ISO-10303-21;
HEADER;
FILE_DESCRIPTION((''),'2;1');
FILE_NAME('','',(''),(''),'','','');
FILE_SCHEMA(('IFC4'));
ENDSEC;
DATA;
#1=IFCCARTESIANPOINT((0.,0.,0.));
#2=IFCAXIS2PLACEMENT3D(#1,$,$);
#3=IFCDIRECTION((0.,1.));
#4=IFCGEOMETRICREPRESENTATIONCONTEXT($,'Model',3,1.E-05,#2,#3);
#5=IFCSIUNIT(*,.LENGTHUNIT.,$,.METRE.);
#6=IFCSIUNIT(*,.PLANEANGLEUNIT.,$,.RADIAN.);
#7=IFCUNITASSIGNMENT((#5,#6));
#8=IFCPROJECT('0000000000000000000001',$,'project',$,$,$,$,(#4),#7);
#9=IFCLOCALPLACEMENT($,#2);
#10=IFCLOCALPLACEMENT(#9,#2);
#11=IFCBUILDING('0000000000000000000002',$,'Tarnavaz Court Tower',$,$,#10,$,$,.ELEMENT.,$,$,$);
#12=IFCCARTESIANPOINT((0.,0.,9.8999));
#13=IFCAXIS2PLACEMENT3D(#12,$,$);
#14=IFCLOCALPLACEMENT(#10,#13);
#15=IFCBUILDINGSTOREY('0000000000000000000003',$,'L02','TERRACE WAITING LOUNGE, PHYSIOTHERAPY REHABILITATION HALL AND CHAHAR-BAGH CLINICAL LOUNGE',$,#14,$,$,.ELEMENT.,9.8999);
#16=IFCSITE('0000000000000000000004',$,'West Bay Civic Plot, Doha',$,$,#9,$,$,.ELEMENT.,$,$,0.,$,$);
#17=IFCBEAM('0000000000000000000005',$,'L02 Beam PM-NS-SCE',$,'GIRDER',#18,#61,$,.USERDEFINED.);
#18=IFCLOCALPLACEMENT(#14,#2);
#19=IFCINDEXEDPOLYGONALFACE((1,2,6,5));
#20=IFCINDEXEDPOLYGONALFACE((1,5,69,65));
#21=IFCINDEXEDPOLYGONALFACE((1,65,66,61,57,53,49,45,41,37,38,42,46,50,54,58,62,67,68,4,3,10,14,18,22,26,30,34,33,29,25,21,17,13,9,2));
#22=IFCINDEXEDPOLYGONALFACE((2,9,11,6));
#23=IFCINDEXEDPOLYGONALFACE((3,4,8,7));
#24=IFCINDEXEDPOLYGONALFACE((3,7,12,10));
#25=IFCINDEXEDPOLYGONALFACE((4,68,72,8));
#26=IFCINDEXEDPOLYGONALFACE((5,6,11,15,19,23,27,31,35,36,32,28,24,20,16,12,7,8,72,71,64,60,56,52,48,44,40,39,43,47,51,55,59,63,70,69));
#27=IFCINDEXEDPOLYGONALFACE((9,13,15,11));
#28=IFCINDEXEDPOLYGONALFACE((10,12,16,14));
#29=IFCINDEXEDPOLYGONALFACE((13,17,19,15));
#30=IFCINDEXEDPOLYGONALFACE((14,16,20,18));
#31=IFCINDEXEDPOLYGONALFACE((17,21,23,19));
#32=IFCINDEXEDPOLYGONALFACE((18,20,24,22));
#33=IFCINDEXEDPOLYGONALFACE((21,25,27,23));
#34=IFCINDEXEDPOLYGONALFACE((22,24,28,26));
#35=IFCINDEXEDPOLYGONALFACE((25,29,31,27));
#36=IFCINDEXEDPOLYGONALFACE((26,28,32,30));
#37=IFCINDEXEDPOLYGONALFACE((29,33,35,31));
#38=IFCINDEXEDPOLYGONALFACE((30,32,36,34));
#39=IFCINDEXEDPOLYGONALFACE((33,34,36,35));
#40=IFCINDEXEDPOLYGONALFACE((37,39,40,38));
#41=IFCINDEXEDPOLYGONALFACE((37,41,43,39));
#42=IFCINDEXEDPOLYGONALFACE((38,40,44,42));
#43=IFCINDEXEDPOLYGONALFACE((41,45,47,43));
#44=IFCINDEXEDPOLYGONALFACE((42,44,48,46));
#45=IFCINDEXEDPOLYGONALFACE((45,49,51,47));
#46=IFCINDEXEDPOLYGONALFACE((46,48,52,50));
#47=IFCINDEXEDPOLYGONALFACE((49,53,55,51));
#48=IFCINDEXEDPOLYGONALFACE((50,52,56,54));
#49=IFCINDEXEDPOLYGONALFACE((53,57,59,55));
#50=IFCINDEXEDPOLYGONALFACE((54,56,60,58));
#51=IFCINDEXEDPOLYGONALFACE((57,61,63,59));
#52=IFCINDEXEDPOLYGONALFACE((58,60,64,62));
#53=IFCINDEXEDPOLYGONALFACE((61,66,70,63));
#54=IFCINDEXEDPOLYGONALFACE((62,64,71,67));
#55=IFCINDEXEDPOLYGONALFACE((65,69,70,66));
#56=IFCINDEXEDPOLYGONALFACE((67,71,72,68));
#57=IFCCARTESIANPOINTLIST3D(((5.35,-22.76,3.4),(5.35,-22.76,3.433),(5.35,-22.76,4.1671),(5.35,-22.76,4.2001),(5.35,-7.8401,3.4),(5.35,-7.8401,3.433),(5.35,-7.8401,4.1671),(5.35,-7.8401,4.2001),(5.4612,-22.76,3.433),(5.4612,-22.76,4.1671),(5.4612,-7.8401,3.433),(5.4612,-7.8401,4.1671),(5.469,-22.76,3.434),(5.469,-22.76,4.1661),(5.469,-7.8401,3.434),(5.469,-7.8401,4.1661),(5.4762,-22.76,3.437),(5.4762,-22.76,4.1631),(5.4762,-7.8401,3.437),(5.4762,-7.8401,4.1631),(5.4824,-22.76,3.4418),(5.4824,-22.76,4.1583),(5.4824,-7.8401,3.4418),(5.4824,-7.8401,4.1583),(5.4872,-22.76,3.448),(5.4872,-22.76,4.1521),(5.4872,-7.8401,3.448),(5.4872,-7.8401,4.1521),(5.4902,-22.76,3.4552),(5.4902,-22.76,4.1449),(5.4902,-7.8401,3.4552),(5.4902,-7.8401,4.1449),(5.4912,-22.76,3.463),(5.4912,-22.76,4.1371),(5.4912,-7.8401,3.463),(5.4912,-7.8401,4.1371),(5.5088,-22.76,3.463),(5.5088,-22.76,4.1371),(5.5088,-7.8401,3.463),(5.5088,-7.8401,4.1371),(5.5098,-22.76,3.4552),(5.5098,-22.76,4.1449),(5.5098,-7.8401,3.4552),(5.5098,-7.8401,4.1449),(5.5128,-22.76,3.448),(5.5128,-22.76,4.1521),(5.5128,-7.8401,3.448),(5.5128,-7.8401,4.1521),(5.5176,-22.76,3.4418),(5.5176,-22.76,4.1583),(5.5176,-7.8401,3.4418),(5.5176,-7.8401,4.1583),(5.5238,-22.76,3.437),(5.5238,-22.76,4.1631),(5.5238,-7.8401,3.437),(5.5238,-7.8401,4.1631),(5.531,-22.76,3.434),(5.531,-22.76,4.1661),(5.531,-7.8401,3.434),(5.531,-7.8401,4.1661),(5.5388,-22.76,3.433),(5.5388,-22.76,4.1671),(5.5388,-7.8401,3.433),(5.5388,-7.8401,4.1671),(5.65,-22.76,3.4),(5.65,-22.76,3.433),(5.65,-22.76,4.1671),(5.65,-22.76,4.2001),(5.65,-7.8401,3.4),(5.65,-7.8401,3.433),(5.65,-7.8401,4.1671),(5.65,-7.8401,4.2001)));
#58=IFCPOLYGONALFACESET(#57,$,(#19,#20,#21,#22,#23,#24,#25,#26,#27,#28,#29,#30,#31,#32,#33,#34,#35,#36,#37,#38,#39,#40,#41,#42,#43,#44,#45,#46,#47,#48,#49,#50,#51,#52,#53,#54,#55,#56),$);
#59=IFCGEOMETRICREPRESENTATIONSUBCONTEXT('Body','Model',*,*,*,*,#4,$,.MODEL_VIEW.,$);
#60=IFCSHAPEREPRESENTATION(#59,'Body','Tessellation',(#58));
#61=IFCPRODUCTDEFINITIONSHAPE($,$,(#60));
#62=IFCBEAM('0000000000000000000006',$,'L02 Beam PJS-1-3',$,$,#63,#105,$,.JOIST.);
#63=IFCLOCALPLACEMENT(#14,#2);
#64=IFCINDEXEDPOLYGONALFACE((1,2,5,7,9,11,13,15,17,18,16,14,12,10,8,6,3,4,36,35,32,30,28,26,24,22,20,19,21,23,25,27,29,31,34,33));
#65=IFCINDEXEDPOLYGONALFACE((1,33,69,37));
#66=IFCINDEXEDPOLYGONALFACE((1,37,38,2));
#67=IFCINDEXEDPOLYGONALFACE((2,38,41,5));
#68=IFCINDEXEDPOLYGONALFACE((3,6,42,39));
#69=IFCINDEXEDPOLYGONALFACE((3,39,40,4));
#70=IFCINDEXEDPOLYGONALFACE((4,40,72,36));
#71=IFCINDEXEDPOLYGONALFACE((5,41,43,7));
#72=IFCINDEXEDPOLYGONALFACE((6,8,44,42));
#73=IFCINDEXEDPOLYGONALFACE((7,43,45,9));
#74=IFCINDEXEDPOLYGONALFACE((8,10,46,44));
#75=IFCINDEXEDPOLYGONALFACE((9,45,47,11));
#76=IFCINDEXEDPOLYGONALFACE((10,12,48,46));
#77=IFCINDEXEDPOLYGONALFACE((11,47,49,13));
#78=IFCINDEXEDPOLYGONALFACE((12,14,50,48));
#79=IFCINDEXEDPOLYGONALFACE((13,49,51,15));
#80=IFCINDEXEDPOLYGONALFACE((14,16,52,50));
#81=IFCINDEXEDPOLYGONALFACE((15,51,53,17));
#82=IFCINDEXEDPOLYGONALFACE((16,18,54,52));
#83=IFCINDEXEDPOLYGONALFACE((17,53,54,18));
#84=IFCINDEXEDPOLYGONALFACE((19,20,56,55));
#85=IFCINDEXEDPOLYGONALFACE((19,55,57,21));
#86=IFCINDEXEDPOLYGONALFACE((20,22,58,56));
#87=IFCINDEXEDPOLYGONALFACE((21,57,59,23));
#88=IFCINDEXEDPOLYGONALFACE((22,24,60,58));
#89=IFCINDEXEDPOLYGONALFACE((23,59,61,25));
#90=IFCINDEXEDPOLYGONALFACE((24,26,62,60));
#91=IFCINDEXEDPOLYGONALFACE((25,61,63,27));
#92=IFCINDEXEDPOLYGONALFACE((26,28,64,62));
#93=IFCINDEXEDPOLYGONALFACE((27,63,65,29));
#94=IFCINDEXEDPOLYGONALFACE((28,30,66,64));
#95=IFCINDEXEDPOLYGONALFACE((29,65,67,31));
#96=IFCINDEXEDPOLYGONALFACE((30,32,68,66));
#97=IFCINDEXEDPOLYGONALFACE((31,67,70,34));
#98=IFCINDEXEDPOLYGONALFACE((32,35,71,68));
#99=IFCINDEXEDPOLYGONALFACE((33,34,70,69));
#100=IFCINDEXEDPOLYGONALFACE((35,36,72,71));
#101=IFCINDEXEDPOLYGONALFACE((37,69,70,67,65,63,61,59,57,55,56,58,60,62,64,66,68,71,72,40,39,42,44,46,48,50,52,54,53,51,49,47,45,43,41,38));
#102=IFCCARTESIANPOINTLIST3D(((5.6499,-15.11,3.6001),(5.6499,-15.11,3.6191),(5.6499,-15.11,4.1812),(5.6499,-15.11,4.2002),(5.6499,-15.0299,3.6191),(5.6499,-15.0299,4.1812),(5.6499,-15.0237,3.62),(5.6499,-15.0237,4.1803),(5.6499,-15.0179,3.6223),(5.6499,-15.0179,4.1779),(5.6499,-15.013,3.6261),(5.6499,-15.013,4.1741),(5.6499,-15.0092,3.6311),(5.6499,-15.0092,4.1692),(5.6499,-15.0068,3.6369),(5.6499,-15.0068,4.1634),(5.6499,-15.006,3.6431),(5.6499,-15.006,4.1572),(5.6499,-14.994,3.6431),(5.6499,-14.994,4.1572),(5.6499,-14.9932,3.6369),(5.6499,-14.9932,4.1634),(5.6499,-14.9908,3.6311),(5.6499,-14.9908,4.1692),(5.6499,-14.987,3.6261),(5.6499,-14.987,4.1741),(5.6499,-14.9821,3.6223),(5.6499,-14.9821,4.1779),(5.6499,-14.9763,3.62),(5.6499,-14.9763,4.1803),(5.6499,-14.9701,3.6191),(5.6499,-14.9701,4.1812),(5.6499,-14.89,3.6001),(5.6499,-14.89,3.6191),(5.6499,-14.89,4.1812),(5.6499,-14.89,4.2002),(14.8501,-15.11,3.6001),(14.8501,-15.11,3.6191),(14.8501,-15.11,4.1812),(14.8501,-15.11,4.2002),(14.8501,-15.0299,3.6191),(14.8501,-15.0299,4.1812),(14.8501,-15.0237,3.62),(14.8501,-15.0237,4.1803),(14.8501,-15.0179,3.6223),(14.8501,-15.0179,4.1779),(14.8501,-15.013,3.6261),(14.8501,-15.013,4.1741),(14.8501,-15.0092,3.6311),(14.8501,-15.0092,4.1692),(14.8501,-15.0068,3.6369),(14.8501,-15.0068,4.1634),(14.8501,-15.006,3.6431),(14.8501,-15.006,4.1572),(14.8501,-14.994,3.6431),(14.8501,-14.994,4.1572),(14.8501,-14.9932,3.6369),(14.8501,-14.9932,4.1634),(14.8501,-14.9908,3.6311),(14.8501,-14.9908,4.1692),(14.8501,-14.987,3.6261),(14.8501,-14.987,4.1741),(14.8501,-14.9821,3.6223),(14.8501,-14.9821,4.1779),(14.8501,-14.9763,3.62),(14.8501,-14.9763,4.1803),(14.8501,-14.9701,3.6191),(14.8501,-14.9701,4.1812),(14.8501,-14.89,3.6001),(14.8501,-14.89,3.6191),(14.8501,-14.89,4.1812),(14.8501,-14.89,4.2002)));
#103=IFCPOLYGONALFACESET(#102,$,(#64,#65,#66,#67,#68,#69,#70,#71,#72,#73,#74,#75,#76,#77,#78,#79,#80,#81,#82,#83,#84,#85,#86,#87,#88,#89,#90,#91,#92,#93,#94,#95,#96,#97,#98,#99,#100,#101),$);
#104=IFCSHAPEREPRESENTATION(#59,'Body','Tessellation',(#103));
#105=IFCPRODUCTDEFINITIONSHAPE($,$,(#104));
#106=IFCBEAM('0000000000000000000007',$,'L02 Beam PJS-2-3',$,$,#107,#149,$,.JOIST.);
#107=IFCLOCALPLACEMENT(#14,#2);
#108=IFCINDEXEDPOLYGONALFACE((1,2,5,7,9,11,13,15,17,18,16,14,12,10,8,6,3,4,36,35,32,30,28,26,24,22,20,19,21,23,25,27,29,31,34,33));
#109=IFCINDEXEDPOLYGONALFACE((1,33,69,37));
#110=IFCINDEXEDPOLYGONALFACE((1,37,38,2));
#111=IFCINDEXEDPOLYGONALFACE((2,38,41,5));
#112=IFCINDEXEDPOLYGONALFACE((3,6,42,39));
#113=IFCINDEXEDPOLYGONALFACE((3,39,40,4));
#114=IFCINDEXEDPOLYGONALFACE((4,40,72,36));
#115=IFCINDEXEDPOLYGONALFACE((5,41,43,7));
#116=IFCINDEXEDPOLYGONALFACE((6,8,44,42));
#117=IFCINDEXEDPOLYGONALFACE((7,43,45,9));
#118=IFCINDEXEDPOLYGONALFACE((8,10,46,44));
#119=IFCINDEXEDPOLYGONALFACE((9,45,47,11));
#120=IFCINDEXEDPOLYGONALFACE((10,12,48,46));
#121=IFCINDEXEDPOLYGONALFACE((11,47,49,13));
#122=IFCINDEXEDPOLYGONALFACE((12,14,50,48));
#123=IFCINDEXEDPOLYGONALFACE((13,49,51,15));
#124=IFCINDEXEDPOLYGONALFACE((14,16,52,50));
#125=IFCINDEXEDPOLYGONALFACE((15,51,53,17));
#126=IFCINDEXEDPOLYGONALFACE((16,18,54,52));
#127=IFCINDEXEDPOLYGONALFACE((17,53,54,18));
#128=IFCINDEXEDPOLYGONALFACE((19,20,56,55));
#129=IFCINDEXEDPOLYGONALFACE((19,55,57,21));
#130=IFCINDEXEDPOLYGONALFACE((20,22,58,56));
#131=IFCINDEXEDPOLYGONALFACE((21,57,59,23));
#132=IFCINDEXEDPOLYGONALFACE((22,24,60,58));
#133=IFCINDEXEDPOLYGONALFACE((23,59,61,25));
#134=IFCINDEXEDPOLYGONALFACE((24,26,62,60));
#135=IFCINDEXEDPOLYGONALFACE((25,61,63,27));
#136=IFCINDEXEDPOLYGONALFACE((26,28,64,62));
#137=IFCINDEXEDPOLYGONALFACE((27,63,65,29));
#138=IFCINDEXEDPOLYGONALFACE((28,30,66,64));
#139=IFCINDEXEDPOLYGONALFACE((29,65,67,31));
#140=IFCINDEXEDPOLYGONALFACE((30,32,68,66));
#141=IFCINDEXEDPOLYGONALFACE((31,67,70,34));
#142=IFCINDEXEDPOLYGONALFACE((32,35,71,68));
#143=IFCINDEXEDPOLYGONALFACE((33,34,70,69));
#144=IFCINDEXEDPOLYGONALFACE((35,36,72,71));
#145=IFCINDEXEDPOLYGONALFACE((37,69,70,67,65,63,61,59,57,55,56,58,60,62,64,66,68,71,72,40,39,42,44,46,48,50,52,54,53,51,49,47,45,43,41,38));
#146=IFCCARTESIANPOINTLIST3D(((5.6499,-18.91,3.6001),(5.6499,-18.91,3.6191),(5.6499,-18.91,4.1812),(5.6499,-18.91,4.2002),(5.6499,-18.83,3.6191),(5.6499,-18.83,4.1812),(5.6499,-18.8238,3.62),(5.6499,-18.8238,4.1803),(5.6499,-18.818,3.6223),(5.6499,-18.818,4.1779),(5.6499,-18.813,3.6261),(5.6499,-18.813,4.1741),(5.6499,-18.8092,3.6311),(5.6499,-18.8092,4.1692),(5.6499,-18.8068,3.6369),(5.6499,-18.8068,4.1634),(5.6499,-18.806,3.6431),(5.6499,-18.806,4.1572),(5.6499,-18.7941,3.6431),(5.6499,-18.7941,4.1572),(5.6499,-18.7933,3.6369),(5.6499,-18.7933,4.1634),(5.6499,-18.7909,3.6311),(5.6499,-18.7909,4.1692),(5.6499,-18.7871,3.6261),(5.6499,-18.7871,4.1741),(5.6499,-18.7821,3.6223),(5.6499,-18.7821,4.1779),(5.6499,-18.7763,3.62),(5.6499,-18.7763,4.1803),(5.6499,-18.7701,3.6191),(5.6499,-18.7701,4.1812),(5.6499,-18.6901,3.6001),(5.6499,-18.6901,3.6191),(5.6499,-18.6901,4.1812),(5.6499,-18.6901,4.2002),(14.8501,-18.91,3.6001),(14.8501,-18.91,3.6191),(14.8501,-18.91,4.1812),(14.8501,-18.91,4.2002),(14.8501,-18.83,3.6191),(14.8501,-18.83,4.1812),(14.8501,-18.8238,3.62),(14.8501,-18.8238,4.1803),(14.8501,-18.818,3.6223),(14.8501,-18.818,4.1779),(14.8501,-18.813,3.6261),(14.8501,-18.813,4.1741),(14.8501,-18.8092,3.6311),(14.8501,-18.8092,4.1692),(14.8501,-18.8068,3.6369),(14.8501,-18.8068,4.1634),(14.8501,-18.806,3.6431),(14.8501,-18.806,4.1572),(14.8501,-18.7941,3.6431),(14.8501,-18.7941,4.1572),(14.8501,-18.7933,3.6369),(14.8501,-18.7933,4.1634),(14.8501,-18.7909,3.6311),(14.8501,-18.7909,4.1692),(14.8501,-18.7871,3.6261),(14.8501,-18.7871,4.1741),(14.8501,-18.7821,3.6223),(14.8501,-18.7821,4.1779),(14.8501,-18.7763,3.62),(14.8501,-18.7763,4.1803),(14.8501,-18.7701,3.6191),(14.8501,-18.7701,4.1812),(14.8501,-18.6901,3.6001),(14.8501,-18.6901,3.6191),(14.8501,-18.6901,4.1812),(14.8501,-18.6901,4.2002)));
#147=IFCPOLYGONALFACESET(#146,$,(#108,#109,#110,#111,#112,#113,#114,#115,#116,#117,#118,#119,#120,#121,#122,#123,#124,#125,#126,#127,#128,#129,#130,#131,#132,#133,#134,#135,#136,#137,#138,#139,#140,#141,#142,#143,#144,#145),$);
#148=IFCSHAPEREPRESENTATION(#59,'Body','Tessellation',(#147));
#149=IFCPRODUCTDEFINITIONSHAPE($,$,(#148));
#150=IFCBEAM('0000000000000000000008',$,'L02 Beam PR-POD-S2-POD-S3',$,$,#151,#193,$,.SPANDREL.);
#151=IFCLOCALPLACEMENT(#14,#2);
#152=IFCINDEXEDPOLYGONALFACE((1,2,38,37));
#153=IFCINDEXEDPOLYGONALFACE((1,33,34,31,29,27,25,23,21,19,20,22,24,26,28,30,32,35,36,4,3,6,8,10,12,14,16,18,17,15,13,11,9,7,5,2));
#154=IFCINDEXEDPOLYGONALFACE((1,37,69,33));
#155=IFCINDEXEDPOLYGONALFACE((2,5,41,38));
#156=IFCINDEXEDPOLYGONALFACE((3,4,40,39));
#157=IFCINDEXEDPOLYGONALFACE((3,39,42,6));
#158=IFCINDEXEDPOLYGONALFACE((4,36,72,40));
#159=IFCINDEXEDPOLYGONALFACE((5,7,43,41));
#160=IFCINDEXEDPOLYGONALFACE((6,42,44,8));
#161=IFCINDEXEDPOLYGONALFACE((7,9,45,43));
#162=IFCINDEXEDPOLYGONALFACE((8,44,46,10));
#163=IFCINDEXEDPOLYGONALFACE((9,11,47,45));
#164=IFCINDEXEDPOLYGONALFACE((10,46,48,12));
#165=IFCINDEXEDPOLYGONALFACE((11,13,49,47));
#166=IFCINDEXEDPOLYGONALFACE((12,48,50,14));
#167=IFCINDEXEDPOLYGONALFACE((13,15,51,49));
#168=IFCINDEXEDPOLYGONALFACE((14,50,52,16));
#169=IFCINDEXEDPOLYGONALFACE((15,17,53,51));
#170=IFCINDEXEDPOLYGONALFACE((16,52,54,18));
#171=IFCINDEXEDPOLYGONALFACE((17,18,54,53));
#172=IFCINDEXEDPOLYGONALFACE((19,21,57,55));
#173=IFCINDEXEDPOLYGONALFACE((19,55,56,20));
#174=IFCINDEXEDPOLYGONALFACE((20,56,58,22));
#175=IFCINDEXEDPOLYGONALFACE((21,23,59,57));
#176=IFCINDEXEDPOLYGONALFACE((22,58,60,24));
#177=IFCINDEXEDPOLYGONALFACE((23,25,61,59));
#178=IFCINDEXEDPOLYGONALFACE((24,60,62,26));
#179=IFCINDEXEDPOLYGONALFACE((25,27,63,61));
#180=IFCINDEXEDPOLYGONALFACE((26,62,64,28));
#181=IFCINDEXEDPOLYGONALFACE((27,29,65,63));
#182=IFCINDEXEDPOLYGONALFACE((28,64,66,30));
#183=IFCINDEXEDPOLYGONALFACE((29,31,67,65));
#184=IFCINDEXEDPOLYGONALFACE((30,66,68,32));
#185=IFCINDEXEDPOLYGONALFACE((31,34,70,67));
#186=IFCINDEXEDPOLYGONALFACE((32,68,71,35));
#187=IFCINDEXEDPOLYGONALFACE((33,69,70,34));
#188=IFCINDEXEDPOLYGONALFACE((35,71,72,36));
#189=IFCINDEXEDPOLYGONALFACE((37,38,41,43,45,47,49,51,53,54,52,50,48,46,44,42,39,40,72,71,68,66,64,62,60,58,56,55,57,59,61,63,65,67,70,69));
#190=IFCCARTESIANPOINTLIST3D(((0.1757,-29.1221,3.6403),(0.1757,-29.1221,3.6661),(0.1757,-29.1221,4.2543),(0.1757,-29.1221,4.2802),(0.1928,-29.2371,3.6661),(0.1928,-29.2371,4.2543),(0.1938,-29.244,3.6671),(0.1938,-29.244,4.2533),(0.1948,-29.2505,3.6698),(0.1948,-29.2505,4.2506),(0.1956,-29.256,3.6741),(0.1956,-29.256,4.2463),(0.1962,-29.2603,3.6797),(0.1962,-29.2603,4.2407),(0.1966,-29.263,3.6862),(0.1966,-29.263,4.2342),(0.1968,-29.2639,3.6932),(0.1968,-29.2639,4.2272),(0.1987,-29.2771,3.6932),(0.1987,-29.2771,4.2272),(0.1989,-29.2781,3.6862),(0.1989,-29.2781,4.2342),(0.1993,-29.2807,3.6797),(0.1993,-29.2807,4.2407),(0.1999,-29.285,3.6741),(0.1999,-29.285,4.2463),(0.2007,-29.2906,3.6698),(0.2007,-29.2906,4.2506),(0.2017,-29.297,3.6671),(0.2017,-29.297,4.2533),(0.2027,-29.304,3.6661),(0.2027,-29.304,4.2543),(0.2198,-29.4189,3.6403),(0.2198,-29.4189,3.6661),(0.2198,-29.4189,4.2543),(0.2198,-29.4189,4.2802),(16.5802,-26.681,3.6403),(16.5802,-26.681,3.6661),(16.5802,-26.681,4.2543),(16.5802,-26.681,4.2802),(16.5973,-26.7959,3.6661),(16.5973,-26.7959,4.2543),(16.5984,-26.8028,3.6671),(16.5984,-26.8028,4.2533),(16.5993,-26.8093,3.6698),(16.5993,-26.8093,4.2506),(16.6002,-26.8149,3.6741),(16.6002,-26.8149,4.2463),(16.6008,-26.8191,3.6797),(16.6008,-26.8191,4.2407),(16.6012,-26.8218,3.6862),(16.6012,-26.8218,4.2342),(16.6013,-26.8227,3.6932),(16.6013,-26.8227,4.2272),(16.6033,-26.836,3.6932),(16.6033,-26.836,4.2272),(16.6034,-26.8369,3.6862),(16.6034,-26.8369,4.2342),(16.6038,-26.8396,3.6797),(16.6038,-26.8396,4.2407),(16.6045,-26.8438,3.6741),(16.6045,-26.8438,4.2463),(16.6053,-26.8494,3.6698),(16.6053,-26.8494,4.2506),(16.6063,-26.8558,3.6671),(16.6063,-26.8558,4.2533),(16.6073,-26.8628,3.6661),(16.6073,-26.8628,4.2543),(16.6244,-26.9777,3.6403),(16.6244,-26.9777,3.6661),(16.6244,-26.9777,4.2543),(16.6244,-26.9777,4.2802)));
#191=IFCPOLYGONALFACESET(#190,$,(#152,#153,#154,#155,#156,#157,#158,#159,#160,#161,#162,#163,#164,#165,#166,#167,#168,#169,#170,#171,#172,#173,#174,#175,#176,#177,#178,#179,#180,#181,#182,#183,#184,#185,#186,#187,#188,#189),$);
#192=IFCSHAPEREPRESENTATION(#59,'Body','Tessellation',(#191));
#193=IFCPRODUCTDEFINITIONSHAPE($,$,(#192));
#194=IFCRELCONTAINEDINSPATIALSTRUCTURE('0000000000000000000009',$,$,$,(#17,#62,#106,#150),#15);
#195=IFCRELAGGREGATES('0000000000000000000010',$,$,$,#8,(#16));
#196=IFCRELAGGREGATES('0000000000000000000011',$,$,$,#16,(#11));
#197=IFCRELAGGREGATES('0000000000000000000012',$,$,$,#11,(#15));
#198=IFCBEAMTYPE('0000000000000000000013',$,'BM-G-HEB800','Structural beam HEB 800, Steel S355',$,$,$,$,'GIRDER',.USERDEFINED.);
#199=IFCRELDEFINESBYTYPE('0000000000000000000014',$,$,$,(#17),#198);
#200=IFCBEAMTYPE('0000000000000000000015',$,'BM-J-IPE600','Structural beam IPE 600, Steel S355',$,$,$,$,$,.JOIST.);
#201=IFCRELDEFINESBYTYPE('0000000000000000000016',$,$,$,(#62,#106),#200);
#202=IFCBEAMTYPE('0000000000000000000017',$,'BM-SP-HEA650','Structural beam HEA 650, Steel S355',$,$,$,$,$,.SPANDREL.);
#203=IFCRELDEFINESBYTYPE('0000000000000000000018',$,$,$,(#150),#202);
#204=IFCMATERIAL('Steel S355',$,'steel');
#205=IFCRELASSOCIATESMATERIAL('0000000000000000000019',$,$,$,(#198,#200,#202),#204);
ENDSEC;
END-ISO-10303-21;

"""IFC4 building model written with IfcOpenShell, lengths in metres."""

from ifc_helpers import new_model, si_unit, direction, frame, origin, origin_2d, place, context, subcontext, project, spatial, i_section, extrude, material, material_profile, profile_set, type_object, element, save


model = new_model("IFC4")

# Units and contexts
model_context = context("Model", 3, precision=1e-05, world=origin(), true_north=direction((0.0, 1.0)))
body_context = subcontext(model_context, "Body", "Model", "MODEL_VIEW")
ifc_project = project(units=[si_unit("LENGTHUNIT", "METRE"), si_unit("PLANEANGLEUNIT", "RADIAN")], contexts=[model_context])

# Site, building, storey
site_placement = place(None, origin())
site = spatial("IfcSite", under=ifc_project, at=site_placement, Name="West Bay Civic Plot, Doha", CompositionType="ELEMENT", RefElevation=0.0)
building_placement = place(site_placement, origin())
building = spatial("IfcBuilding", under=site, at=building_placement, Name="Tarnavaz Court Tower", CompositionType="ELEMENT")
storey_placement = place(building_placement, frame((0.0, 0.0, 9.8999)))
storey = spatial("IfcBuildingStorey", under=building, at=storey_placement, Name="L02", Description="TERRACE WAITING LOUNGE, PHYSIOTHERAPY REHABILITATION HALL AND CHAHAR-BAGH CLINICAL LOUNGE", CompositionType="ELEMENT", Elevation=9.8999)

# Beams
ifc_material_1 = material(Name="Steel S355", Category="steel")
ifc_material_profile_1 = material_profile(ifc_material_1, i_section(OverallWidth=0.3, OverallDepth=0.8, WebThickness=0.0176, FlangeThickness=0.033, FilletRadius=0.03, at=origin_2d()), Name="HEB 800")
ifc_profile_set_1 = profile_set([ifc_material_profile_1], Name="Steel S355")
beam_type_1 = type_object("IfcBeamType", Name="BM-G-HEB800", Description="Structural beam HEB 800, Steel S355", ElementType="GIRDER", PredefinedType="USERDEFINED", material=ifc_profile_set_1)
beam_1_placement = place(storey_placement, frame((5.5, -7.8401, 3.8), z_axis=(0.0, -1.0, 0.0), x_axis=(1.0, 0.0, 0.0)))
element("IfcBeam", 1, at=beam_1_placement, inside=storey, type_object=beam_type_1, Name="L02 Beam PM-NS-SCE", ObjectType="GIRDER", PredefinedType="USERDEFINED", context=body_context, shape_type="SweptSolid", body=[
    extrude(i_section(OverallWidth=0.3, OverallDepth=0.8, WebThickness=0.0176, FlangeThickness=0.033, FilletRadius=0.03, at=origin_2d()), origin(), (0.0, 0.0, 1.0), 14.9199),
])
ifc_material_profile_2 = material_profile(ifc_material_1, i_section(OverallWidth=0.22, OverallDepth=0.6001, WebThickness=0.012, FlangeThickness=0.019, FilletRadius=0.0239, at=origin_2d()), Name="IPE 600")
ifc_profile_set_2 = profile_set([ifc_material_profile_2], Name="Steel S355")
beam_type_2 = type_object("IfcBeamType", Name="BM-J-IPE600", Description="Structural beam IPE 600, Steel S355", PredefinedType="JOIST", material=ifc_profile_set_2)
for number, where, z_axis, x_axis, name in (
    (2, (5.6499, -15.0, 3.9001), (1.0, 0.0, 0.0), (0.0, 1.0, 0.0), "L02 Beam PJS-1-3"),
    (3, (5.6499, -18.8, 3.9001), (1.0, 0.0, 0.0), (0.0, 1.0, 0.0), "L02 Beam PJS-2-3"),
):
    element("IfcBeam", number, at=place(storey_placement, frame(where, z_axis=z_axis, x_axis=x_axis)), inside=storey, type_object=beam_type_2, Name=name, PredefinedType="JOIST", context=body_context, shape_type="SweptSolid", body=[
        extrude(i_section(OverallWidth=0.22, OverallDepth=0.6001, WebThickness=0.012, FlangeThickness=0.019, FilletRadius=0.0239, at=origin_2d()), origin(), (0.0, 0.0, 1.0), 9.2002),
    ])
ifc_material_profile_3 = material_profile(ifc_material_1, i_section(OverallWidth=0.3, OverallDepth=0.6399, WebThickness=0.0134, FlangeThickness=0.0259, FilletRadius=0.0271, at=origin_2d()), Name="HEA 650")
ifc_profile_set_3 = profile_set([ifc_material_profile_3], Name="Steel S355")
beam_type_3 = type_object("IfcBeamType", Name="BM-SP-HEA650", Description="Structural beam HEA 650, Steel S355", PredefinedType="SPANDREL", material=ifc_profile_set_3)
beam_2_placement = place(storey_placement, frame((0.1978, -29.2705, 3.9602), z_axis=(0.989108, 0.147189, 0.0), x_axis=(-0.147189, 0.989108, 0.0)))
element("IfcBeam", 4, at=beam_2_placement, inside=storey, type_object=beam_type_3, Name="L02 Beam PR-POD-S2-POD-S3", PredefinedType="SPANDREL", context=body_context, shape_type="SweptSolid", body=[
    extrude(i_section(OverallWidth=0.3, OverallDepth=0.6399, WebThickness=0.0134, FlangeThickness=0.0259, FilletRadius=0.0271, at=origin_2d()), origin(), (0.0, 0.0, 1.0), 16.5852),
])

save(model, "model.ifc")
